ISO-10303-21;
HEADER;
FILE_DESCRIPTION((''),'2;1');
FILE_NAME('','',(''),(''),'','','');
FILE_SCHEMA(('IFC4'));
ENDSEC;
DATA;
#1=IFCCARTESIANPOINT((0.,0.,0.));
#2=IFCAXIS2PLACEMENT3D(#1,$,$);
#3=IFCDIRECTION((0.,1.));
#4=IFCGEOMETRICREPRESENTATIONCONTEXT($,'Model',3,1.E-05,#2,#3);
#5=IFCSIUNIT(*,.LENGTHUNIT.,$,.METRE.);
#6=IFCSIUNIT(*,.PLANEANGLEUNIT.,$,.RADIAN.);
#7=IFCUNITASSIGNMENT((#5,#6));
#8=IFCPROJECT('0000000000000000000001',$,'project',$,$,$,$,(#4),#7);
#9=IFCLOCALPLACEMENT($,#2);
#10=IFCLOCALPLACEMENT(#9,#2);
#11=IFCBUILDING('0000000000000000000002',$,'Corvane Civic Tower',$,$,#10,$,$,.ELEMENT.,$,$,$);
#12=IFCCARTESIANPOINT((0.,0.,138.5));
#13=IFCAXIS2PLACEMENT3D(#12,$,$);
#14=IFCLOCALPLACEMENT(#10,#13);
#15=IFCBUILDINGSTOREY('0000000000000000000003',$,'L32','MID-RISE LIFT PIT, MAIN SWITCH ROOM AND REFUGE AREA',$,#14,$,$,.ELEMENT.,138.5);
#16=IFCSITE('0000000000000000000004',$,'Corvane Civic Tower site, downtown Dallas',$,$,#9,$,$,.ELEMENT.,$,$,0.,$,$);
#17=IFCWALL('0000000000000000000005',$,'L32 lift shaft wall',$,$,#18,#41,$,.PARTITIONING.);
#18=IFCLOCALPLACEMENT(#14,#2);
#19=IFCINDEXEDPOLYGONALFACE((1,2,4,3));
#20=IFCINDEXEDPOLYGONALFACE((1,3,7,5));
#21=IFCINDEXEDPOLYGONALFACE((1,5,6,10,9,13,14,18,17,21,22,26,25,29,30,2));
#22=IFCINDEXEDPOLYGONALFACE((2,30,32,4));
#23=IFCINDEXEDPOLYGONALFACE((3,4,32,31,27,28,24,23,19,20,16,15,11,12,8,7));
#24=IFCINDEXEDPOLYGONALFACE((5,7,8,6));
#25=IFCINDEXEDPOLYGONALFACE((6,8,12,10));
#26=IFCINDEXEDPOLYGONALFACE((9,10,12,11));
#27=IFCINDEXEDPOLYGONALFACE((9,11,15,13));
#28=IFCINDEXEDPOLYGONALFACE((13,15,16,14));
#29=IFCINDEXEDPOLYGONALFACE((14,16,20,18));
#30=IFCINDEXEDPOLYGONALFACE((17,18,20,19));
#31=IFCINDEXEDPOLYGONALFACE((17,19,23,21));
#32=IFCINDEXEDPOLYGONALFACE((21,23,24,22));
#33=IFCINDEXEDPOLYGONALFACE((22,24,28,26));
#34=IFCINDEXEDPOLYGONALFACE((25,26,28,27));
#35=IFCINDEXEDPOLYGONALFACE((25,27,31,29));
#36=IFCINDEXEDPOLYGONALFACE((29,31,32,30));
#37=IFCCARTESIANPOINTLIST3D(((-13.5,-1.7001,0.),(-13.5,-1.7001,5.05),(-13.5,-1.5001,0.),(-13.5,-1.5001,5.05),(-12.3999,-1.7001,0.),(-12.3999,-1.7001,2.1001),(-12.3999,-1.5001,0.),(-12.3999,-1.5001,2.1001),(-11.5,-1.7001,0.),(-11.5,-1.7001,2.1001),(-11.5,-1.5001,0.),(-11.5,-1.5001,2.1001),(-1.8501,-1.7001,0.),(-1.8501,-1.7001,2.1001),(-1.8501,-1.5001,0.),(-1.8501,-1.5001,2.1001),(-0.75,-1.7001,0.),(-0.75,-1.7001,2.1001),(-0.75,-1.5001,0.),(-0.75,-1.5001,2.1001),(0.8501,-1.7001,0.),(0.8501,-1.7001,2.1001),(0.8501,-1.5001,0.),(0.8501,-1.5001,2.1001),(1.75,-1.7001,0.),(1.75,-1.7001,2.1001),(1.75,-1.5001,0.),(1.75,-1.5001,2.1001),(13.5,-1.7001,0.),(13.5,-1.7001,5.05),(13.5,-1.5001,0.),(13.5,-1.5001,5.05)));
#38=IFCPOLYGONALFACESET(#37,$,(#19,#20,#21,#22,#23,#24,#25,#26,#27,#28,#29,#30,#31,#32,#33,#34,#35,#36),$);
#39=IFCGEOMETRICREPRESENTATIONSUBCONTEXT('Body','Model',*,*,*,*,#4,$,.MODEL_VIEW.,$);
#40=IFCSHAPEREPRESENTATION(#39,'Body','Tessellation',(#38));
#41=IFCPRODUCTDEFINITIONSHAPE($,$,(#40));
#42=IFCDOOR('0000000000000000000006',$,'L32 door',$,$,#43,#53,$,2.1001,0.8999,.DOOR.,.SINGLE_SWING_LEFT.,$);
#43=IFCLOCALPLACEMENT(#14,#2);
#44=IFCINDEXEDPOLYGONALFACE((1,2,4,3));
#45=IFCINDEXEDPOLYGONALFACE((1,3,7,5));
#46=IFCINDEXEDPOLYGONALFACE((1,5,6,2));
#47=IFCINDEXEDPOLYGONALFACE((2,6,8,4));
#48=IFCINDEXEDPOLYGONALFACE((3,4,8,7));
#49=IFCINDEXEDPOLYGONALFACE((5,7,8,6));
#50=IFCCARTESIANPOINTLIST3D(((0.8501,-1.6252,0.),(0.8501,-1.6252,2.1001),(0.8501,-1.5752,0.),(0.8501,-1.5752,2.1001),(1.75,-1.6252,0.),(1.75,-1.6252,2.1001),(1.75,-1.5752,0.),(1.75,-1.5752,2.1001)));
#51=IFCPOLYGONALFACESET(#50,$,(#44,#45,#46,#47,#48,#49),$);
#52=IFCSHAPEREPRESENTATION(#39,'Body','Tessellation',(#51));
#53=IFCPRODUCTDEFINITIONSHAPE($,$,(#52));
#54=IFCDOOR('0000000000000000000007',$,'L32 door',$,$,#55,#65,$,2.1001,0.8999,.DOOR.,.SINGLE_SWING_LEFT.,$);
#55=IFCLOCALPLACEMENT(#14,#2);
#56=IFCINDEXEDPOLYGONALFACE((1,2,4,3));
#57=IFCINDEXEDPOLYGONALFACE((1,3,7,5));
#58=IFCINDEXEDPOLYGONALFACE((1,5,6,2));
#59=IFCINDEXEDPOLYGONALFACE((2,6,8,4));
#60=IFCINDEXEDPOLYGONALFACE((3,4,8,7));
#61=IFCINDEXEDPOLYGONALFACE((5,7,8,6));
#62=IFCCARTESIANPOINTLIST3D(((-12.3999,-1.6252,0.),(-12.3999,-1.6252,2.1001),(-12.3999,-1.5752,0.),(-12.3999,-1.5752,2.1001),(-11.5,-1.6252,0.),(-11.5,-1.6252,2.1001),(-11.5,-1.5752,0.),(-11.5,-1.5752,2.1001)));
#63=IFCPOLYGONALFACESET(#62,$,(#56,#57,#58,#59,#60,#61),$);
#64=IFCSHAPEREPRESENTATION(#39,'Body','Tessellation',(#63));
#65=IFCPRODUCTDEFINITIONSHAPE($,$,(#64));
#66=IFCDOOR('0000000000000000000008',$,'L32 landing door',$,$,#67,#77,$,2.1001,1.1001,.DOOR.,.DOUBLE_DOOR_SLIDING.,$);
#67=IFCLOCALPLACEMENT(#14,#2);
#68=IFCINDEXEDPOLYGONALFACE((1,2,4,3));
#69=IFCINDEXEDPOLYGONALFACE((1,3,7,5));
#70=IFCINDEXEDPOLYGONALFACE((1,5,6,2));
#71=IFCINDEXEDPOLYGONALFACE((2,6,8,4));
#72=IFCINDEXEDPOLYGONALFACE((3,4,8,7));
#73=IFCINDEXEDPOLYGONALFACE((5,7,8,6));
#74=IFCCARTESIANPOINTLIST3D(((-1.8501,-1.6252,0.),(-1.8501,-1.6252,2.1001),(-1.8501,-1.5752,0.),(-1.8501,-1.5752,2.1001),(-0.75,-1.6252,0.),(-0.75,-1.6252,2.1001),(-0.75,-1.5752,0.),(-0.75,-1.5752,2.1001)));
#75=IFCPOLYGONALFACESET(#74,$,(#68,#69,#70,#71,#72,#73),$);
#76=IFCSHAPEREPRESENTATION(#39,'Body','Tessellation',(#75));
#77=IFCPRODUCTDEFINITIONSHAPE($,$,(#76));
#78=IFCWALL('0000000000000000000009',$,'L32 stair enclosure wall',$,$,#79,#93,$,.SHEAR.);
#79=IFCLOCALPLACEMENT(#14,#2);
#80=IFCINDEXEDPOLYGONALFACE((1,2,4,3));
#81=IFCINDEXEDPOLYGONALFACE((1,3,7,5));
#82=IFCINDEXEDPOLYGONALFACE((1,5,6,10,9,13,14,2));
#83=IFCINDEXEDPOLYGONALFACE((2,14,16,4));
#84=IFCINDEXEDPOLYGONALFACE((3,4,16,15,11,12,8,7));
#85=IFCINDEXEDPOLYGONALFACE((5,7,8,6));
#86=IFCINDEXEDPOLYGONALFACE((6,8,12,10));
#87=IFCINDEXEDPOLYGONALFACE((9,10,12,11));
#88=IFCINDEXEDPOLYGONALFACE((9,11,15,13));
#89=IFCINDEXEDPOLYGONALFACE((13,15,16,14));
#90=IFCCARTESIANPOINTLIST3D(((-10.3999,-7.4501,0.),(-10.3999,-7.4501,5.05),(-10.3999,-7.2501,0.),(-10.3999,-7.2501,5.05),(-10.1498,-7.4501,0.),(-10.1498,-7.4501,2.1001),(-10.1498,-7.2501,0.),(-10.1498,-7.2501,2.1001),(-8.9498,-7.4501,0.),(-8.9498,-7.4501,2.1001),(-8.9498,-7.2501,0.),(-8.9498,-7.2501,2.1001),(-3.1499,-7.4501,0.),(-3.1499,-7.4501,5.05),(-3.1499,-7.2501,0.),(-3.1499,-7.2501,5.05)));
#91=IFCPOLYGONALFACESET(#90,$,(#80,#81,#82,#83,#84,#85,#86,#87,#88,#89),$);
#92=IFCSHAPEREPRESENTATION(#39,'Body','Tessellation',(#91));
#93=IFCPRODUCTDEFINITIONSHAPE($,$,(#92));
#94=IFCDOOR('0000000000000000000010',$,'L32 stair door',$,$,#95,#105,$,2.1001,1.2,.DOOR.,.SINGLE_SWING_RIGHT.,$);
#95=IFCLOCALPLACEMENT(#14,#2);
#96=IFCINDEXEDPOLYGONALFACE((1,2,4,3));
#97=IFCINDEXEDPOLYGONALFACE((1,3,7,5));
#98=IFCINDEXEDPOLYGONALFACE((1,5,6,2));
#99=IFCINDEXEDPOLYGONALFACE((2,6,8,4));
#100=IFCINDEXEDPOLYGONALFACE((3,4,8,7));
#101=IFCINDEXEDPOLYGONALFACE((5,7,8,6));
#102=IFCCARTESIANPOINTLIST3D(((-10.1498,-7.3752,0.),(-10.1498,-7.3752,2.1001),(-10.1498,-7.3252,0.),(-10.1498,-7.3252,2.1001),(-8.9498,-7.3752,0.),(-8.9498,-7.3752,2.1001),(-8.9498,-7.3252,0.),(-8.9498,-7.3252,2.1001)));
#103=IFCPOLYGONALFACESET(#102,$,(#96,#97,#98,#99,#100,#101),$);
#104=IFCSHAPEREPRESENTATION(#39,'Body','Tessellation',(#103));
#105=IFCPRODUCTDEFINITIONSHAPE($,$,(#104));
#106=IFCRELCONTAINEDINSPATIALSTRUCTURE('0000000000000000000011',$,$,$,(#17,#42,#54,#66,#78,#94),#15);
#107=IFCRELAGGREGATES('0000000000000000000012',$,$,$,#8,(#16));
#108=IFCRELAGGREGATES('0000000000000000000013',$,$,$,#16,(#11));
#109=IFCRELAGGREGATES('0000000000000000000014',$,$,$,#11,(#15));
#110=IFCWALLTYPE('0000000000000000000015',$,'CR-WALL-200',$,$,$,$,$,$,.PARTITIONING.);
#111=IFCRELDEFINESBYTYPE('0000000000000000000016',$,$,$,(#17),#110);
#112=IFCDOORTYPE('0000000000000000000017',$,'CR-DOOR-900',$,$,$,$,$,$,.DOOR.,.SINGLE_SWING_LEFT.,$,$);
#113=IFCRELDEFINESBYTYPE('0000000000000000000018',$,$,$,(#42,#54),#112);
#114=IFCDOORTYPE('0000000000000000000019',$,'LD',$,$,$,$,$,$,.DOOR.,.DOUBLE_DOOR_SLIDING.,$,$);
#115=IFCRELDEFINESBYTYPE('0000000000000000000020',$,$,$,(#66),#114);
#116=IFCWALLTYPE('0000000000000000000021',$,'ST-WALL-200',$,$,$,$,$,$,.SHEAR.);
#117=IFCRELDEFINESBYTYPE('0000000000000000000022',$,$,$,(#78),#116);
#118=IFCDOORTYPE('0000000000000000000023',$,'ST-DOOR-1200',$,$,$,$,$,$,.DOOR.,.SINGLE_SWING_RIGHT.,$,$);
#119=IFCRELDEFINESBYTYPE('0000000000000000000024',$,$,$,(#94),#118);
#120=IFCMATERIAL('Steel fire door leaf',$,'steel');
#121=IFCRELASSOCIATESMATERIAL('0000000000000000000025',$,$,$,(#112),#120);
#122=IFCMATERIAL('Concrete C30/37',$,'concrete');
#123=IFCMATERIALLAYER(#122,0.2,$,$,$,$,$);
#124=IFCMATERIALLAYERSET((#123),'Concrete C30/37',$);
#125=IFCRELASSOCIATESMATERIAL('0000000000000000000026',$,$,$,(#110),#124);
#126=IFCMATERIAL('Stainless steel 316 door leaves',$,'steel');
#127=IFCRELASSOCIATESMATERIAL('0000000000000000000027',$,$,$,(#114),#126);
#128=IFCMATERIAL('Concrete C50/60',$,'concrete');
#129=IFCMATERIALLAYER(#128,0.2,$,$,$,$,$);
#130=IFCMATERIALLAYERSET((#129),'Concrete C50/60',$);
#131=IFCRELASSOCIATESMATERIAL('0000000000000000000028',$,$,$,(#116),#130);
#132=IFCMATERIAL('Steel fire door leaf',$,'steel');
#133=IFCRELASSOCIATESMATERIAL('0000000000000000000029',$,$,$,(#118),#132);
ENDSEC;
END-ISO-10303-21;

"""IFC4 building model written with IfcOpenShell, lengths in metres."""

from ifc_helpers import new_model, si_unit, direction, frame, frame_2d, origin, place, context, subcontext, project, spatial, rectangle, extrude, material, layer, layer_set, type_object, element, fill, save


model = new_model("IFC4")

# Units and contexts
model_context = context("Model", 3, precision=1e-05, world=origin(), true_north=direction((0.0, 1.0)))
body_context = subcontext(model_context, "Body", "Model", "MODEL_VIEW")
ifc_project = project(units=[si_unit("LENGTHUNIT", "METRE"), si_unit("PLANEANGLEUNIT", "RADIAN")], contexts=[model_context])

# Site, building, storey
site_placement = place(None, origin())
site = spatial("IfcSite", under=ifc_project, at=site_placement, Name="Corvane Civic Tower site, downtown Dallas", CompositionType="ELEMENT", RefElevation=0.0)
building_placement = place(site_placement, origin())
building = spatial("IfcBuilding", under=site, at=building_placement, Name="Corvane Civic Tower", CompositionType="ELEMENT")
storey_placement = place(building_placement, frame((0.0, 0.0, 138.5)))
storey = spatial("IfcBuildingStorey", under=building, at=storey_placement, Name="L32", Description="MID-RISE LIFT PIT, MAIN SWITCH ROOM AND REFUGE AREA", CompositionType="ELEMENT", Elevation=138.5)

# Shared definitions
ifc_material_1 = material(Name="Steel fire door leaf", Category="steel")
door_type_1 = type_object("IfcDoorType", Name="CR-DOOR-900", OperationType="SINGLE_SWING_LEFT", PredefinedType="DOOR", material=ifc_material_1)

# Shared definitions
ifc_material_2 = material(Name="Concrete C30/37", Category="concrete")
ifc_layer_1 = layer(ifc_material_2, 0.2)
ifc_layer_set_1 = layer_set([ifc_layer_1], Name="Concrete C30/37")
wall_type_1 = type_object("IfcWallType", Name="CR-WALL-200", PredefinedType="PARTITIONING", material=ifc_layer_set_1)

# Wall, openings, doors
wall_1_placement = place(storey_placement, frame((-13.5, -1.6001, 0.0), z_axis=(0.0, 0.0, 1.0), x_axis=(1.0, 0.0, 0.0)))
wall_1 = element("IfcWall", 1, at=wall_1_placement, inside=storey, type_object=wall_type_1, Name="L32 lift shaft wall", PredefinedType="PARTITIONING", context=body_context, shape_type="SweptSolid", body=[
    extrude(rectangle(XDim=27.0, YDim=0.2, at=frame_2d((13.5, 0.0))), origin(), (0.0, 0.0, 1.0), 5.05),
])
opening_1_placement = place(wall_1_placement, frame((11.6499, 0.0, 0.0)))
opening_1 = element("IfcOpeningElement", 2, at=opening_1_placement, cuts=wall_1, PredefinedType="OPENING", context=body_context, shape_type="SweptSolid", body=[
    extrude(rectangle(XDim=1.1001, YDim=2.1001, at=frame_2d((0.55, 1.05))), frame((0.0, 0.1099, 0.0), z_axis=(0.0, -1.0, 0.0), x_axis=(1.0, 0.0, 0.0)), (0.0, 0.0, 1.0), 0.22),
])
opening_2_placement = place(wall_1_placement, frame((14.3501, 0.0, 0.0)))
opening_2 = element("IfcOpeningElement", 3, at=opening_2_placement, cuts=wall_1, PredefinedType="OPENING", context=body_context, shape_type="SweptSolid", body=[
    extrude(rectangle(XDim=0.8999, YDim=2.1001, at=frame_2d((0.45, 1.05))), frame((0.0, 0.1099, 0.0), z_axis=(0.0, -1.0, 0.0), x_axis=(1.0, 0.0, 0.0)), (0.0, 0.0, 1.0), 0.22),
])
opening_3_placement = place(wall_1_placement, frame((1.1001, 0.0, 0.0)))
opening_3 = element("IfcOpeningElement", 4, at=opening_3_placement, cuts=wall_1, PredefinedType="OPENING", context=body_context, shape_type="SweptSolid", body=[
    extrude(rectangle(XDim=0.8999, YDim=2.1001, at=frame_2d((0.45, 1.05))), frame((0.0, 0.1099, 0.0), z_axis=(0.0, -1.0, 0.0), x_axis=(1.0, 0.0, 0.0)), (0.0, 0.0, 1.0), 0.22),
])
door_1_placement = place(opening_2_placement, origin())
door_1 = element("IfcDoor", 5, at=door_1_placement, inside=storey, type_object=door_type_1, Name="L32 door", OperationType="SINGLE_SWING_LEFT", OverallHeight=2.1001, OverallWidth=0.8999, PredefinedType="DOOR", context=body_context, shape_type="SweptSolid", body=[
    extrude(rectangle(XDim=0.8999, YDim=2.1001, at=frame_2d((0.45, 1.05))), frame((0.0, 0.0249, 0.0), z_axis=(0.0, -1.0, 0.0), x_axis=(1.0, 0.0, 0.0)), (0.0, 0.0, 1.0), 0.05),
])
fill(opening_2, door_1)
door_2_placement = place(opening_3_placement, origin())
door_2 = element("IfcDoor", 6, at=door_2_placement, inside=storey, type_object=door_type_1, Name="L32 door", OperationType="SINGLE_SWING_LEFT", OverallHeight=2.1001, OverallWidth=0.8999, PredefinedType="DOOR", context=body_context, shape_type="SweptSolid", body=[
    extrude(rectangle(XDim=0.8999, YDim=2.1001, at=frame_2d((0.45, 1.05))), frame((0.0, 0.0249, 0.0), z_axis=(0.0, -1.0, 0.0), x_axis=(1.0, 0.0, 0.0)), (0.0, 0.0, 1.0), 0.05),
])
fill(opening_3, door_2)
ifc_material_3 = material(Name="Stainless steel 316 door leaves", Category="steel")
door_type_2 = type_object("IfcDoorType", Name="LD", OperationType="DOUBLE_DOOR_SLIDING", PredefinedType="DOOR", material=ifc_material_3)
door_3_placement = place(opening_1_placement, origin())
door_3 = element("IfcDoor", 7, at=door_3_placement, inside=storey, type_object=door_type_2, Name="L32 landing door", OperationType="DOUBLE_DOOR_SLIDING", OverallHeight=2.1001, OverallWidth=1.1001, PredefinedType="DOOR", context=body_context, shape_type="SweptSolid", body=[
    extrude(rectangle(XDim=1.1001, YDim=2.1001, at=frame_2d((0.55, 1.05))), frame((0.0, 0.0249, 0.0), z_axis=(0.0, -1.0, 0.0), x_axis=(1.0, 0.0, 0.0)), (0.0, 0.0, 1.0), 0.05),
])
fill(opening_1, door_3)

# Wall, opening, door
ifc_material_4 = material(Name="Concrete C50/60", Category="concrete")
ifc_layer_2 = layer(ifc_material_4, 0.2)
ifc_layer_set_2 = layer_set([ifc_layer_2], Name="Concrete C50/60")
wall_type_2 = type_object("IfcWallType", Name="ST-WALL-200", PredefinedType="SHEAR", material=ifc_layer_set_2)
wall_2_placement = place(storey_placement, frame((-10.3999, -7.3501, 0.0), z_axis=(0.0, 0.0, 1.0), x_axis=(1.0, 0.0, 0.0)))
wall_2 = element("IfcWall", 8, at=wall_2_placement, inside=storey, type_object=wall_type_2, Name="L32 stair enclosure wall", PredefinedType="SHEAR", context=body_context, shape_type="SweptSolid", body=[
    extrude(rectangle(XDim=7.25, YDim=0.2, at=frame_2d((3.625, 0.0))), origin(), (0.0, 0.0, 1.0), 5.05),
])
opening_4_placement = place(wall_2_placement, frame((0.25, 0.0, 0.0)))
opening_4 = element("IfcOpeningElement", 9, at=opening_4_placement, cuts=wall_2, PredefinedType="OPENING", context=body_context, shape_type="SweptSolid", body=[
    extrude(rectangle(XDim=1.2, YDim=2.1001, at=frame_2d((0.6001, 1.05))), frame((0.0, 0.1099, 0.0), z_axis=(0.0, -1.0, 0.0), x_axis=(1.0, 0.0, 0.0)), (0.0, 0.0, 1.0), 0.22),
])
ifc_material_5 = material(Name="Steel fire door leaf", Category="steel")
door_type_3 = type_object("IfcDoorType", Name="ST-DOOR-1200", OperationType="SINGLE_SWING_RIGHT", PredefinedType="DOOR", material=ifc_material_5)
door_4_placement = place(opening_4_placement, origin())
door_4 = element("IfcDoor", 10, at=door_4_placement, inside=storey, type_object=door_type_3, Name="L32 stair door", OperationType="SINGLE_SWING_RIGHT", OverallHeight=2.1001, OverallWidth=1.2, PredefinedType="DOOR", context=body_context, shape_type="SweptSolid", body=[
    extrude(rectangle(XDim=1.2, YDim=2.1001, at=frame_2d((0.6001, 1.05))), frame((0.0, 0.0249, 0.0), z_axis=(0.0, -1.0, 0.0), x_axis=(1.0, 0.0, 0.0)), (0.0, 0.0, 1.0), 0.05),
])
fill(opening_4, door_4)

save(model, "model.ifc")
